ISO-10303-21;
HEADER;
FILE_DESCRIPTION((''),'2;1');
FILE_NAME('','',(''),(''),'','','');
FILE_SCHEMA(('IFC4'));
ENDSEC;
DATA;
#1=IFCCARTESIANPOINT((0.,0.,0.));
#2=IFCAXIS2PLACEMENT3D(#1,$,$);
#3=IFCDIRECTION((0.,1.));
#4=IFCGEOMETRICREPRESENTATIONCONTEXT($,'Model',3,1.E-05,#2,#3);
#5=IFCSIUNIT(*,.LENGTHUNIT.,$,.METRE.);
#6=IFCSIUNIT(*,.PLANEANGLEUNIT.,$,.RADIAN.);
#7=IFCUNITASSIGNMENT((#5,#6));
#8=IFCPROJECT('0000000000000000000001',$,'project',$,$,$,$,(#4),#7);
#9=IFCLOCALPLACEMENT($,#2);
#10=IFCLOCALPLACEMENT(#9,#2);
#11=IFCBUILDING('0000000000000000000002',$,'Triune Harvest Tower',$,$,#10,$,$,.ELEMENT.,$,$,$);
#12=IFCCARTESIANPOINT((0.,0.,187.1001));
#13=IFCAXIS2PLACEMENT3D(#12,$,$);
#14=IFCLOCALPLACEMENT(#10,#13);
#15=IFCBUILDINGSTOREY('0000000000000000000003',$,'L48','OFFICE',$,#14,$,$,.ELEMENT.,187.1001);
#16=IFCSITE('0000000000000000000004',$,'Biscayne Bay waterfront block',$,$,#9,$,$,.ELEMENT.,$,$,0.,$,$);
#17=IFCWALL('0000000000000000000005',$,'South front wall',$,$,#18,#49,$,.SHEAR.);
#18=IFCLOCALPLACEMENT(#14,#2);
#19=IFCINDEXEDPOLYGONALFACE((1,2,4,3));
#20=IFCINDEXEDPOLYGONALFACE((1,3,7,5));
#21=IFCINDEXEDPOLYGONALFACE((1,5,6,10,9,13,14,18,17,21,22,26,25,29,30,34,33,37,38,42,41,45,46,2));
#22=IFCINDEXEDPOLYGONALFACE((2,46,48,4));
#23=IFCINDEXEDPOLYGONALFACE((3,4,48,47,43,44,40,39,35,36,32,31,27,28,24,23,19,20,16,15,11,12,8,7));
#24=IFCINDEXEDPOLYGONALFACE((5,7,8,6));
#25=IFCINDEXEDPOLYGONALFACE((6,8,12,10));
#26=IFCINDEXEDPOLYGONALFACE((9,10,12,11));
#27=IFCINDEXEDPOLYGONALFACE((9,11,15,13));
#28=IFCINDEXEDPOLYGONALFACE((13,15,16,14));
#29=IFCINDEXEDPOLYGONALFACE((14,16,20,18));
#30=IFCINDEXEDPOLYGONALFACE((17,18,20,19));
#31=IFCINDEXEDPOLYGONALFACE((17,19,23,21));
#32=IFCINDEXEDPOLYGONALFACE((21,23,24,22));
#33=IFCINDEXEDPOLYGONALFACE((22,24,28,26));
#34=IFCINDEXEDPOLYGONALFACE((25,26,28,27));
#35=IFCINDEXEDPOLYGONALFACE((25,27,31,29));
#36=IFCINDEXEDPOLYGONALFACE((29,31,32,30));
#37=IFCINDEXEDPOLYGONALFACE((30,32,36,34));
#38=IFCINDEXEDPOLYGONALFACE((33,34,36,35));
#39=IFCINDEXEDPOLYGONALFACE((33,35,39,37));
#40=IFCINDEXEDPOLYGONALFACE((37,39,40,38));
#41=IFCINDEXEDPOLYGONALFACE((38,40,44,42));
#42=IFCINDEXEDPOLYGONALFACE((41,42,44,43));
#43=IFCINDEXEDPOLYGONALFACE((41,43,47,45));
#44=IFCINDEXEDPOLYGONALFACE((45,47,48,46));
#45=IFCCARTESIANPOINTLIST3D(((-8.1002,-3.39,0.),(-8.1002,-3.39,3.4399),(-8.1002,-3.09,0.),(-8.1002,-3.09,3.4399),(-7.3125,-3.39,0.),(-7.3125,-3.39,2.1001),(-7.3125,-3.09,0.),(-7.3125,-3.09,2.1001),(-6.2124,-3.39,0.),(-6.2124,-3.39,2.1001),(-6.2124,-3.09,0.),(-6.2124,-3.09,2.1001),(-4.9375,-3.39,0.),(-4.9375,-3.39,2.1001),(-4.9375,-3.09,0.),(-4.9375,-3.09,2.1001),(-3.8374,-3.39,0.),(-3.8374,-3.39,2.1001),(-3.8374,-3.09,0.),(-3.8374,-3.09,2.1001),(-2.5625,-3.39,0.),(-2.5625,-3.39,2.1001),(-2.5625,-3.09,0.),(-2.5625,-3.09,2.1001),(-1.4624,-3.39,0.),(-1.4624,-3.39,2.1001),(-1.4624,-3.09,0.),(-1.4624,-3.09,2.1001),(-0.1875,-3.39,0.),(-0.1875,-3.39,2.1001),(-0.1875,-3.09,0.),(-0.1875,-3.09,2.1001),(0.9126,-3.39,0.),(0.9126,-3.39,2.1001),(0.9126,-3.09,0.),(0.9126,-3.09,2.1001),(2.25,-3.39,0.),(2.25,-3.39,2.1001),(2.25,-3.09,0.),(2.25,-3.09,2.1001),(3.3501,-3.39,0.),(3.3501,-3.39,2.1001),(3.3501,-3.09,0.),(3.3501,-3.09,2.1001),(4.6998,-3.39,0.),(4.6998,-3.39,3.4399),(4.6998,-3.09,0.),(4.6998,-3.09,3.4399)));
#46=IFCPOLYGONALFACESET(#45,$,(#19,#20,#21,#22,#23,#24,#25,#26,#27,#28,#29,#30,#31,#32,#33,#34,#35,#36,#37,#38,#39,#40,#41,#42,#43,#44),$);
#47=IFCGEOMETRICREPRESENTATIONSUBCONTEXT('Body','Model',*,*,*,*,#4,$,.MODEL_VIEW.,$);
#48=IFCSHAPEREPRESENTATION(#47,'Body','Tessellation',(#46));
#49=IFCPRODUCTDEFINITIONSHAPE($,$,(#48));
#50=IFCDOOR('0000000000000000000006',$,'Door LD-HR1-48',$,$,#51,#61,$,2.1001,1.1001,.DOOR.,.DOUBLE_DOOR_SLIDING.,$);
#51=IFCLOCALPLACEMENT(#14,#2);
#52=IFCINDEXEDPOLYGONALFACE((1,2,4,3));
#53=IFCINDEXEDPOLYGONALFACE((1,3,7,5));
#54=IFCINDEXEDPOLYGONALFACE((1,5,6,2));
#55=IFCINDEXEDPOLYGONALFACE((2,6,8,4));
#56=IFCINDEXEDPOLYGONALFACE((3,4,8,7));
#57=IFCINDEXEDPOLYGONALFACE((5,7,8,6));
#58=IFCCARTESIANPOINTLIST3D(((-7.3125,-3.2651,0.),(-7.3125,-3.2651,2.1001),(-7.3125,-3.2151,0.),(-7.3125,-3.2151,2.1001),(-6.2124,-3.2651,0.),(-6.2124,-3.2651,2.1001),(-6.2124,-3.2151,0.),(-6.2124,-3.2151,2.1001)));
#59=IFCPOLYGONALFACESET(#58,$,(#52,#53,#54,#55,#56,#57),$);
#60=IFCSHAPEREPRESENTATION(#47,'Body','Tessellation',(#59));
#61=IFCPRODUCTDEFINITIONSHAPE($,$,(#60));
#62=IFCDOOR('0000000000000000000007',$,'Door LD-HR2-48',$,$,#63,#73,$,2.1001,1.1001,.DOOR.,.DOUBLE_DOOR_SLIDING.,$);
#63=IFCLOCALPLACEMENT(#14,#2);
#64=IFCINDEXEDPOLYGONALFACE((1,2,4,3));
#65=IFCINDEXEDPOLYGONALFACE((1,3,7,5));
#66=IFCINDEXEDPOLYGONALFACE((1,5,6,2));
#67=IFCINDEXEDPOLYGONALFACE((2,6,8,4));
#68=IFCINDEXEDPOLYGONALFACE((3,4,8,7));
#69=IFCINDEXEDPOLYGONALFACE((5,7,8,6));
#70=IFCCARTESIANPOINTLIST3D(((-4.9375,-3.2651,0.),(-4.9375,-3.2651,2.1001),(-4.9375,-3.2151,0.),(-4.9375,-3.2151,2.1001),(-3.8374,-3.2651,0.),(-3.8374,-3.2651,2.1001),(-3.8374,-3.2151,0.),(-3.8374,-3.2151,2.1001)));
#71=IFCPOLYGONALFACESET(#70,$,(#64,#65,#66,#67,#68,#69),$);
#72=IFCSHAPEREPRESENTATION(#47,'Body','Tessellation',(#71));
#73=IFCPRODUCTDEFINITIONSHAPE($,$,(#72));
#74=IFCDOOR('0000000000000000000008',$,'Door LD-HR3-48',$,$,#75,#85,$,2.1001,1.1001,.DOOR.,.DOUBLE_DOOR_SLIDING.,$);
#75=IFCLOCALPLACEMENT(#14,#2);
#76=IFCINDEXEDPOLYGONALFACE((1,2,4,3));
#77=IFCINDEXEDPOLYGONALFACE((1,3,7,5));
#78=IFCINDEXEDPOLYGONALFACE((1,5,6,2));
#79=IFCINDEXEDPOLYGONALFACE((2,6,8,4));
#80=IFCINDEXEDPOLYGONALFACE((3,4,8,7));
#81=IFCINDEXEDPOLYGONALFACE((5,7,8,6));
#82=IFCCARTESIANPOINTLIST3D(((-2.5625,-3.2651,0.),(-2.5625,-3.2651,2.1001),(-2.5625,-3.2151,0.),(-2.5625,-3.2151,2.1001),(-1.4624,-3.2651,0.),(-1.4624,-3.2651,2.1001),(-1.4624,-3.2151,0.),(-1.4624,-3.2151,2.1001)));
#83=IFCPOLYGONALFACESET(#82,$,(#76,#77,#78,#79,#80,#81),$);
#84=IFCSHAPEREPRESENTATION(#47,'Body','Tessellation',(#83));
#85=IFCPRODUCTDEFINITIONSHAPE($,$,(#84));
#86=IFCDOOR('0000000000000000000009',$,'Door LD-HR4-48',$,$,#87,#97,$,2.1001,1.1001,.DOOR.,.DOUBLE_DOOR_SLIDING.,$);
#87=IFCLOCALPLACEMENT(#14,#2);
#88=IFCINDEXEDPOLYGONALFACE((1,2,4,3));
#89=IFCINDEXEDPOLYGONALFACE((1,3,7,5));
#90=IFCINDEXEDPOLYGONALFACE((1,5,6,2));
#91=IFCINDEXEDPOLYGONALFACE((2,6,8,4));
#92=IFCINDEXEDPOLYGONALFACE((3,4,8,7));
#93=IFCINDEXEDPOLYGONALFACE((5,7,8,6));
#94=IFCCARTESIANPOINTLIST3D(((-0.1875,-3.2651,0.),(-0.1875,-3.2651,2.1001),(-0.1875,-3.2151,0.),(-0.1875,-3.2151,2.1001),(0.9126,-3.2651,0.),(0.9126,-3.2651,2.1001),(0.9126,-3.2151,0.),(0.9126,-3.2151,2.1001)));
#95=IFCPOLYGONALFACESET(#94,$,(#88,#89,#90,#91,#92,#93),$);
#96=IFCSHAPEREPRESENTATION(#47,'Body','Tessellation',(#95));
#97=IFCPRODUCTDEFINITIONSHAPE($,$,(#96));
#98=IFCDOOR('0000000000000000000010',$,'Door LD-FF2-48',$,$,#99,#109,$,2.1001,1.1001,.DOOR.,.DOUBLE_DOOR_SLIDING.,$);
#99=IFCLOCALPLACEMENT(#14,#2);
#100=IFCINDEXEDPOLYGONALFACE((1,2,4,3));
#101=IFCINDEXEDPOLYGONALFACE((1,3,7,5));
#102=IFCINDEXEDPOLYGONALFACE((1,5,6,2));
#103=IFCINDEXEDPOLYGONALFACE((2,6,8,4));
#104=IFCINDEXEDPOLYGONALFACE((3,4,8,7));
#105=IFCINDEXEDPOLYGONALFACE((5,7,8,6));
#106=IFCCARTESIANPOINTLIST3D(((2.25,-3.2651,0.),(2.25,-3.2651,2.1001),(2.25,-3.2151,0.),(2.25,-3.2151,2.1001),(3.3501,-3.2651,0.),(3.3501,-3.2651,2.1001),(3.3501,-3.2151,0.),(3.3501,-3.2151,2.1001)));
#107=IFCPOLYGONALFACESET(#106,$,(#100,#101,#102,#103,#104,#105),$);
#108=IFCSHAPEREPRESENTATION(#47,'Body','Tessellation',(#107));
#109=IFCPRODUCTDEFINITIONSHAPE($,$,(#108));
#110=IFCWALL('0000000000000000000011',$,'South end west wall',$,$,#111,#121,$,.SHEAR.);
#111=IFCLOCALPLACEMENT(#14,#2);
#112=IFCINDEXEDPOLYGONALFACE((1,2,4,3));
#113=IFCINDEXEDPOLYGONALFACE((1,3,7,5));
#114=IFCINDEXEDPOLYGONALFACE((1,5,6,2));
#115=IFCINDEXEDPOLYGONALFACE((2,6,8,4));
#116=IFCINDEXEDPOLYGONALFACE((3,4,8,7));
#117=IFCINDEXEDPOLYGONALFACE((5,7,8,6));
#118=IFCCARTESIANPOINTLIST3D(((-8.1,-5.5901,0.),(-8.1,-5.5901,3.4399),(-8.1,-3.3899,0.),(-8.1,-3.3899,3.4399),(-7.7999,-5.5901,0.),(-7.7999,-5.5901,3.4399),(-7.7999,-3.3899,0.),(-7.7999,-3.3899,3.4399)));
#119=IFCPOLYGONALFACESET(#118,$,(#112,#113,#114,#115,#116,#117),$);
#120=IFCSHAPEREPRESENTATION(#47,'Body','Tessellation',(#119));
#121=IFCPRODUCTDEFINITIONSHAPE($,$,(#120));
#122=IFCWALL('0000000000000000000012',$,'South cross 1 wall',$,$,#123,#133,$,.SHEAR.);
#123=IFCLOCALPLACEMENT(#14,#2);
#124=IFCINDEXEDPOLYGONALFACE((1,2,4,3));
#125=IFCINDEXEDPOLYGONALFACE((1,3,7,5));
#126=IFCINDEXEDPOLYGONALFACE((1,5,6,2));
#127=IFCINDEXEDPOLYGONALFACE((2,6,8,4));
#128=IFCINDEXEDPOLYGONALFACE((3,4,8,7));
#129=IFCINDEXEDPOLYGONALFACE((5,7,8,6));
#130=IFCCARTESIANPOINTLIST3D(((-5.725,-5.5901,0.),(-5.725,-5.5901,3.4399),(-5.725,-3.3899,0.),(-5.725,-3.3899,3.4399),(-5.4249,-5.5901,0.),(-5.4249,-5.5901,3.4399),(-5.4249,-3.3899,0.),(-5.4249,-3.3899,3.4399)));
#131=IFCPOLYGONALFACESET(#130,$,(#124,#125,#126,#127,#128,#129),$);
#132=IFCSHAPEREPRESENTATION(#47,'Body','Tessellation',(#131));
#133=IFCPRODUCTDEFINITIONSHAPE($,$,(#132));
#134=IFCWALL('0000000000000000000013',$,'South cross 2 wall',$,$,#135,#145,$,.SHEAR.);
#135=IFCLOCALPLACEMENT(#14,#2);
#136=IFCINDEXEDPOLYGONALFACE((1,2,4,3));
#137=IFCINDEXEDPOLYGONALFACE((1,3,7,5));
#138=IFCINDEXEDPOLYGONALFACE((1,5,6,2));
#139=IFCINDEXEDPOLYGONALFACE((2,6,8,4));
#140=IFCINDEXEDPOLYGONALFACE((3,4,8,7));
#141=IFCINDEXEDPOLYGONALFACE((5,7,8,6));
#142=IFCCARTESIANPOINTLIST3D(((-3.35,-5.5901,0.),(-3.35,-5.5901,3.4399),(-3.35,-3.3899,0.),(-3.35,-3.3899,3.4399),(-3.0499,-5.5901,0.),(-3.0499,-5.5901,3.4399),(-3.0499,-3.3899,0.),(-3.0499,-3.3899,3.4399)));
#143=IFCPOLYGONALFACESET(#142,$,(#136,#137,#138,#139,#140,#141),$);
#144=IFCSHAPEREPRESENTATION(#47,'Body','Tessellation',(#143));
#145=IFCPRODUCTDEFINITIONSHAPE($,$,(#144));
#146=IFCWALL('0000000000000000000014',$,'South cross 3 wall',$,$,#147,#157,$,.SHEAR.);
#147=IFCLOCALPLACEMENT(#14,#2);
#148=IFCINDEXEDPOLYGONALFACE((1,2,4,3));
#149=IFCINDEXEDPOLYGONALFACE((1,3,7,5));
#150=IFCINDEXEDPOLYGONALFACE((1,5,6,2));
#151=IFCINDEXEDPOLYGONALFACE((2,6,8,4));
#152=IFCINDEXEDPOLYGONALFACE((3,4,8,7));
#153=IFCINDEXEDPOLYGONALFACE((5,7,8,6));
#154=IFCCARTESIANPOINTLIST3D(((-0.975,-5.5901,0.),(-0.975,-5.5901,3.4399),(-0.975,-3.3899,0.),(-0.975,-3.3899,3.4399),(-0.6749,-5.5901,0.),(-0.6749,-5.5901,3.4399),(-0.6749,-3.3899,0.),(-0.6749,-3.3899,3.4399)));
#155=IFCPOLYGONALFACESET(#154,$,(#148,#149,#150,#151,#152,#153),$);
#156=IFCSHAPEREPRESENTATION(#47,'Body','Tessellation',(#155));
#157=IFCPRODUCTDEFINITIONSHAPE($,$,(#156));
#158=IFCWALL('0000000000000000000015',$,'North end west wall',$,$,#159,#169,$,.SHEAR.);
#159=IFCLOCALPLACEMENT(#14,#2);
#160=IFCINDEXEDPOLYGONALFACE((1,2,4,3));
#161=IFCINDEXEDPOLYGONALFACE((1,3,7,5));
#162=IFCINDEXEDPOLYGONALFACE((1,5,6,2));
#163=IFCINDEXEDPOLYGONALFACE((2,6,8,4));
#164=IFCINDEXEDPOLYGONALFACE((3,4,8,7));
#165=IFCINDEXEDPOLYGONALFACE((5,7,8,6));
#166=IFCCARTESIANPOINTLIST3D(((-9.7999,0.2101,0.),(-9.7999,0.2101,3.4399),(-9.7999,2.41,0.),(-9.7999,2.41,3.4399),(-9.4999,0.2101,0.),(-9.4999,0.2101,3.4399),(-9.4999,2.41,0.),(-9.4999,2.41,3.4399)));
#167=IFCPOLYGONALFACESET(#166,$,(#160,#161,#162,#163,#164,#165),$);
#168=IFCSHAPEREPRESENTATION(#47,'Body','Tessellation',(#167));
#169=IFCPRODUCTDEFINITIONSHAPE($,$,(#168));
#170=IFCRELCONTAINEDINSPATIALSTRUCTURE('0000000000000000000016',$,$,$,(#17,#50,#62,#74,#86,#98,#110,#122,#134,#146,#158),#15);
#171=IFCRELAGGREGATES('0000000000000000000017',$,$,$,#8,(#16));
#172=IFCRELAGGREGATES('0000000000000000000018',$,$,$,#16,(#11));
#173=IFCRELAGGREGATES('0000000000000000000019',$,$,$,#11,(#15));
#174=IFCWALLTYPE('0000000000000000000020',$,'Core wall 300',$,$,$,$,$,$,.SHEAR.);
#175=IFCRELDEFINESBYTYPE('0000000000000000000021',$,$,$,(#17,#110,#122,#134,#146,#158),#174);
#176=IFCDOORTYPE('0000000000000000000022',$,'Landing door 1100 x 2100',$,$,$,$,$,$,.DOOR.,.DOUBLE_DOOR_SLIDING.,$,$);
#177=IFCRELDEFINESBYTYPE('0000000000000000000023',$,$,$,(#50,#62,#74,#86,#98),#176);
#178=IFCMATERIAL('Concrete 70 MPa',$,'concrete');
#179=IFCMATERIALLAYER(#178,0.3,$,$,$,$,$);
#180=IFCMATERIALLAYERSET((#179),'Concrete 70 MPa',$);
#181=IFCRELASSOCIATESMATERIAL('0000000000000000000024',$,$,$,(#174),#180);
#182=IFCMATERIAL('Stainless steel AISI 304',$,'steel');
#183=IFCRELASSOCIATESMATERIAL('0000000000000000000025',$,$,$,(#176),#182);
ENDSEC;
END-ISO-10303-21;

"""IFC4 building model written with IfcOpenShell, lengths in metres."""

from ifc_helpers import new_model, si_unit, direction, frame, frame_2d, origin, place, context, subcontext, project, spatial, rectangle, extrude, source, transform, mapped, material, layer, layer_set, type_object, element, fill, save


model = new_model("IFC4")

# Units and contexts
model_context = context("Model", 3, precision=1e-05, world=origin(), true_north=direction((0.0, 1.0)))
body_context = subcontext(model_context, "Body", "Model", "MODEL_VIEW")
ifc_project = project(units=[si_unit("LENGTHUNIT", "METRE"), si_unit("PLANEANGLEUNIT", "RADIAN")], contexts=[model_context])

# Site, building, storey
site_placement = place(None, origin())
site = spatial("IfcSite", under=ifc_project, at=site_placement, Name="Biscayne Bay waterfront block", CompositionType="ELEMENT", RefElevation=0.0)
building_placement = place(site_placement, origin())
building = spatial("IfcBuilding", under=site, at=building_placement, Name="Triune Harvest Tower", CompositionType="ELEMENT")
storey_placement = place(building_placement, frame((0.0, 0.0, 187.1001)))
storey = spatial("IfcBuildingStorey", under=building, at=storey_placement, Name="L48", Description="OFFICE", CompositionType="ELEMENT", Elevation=187.1001)

# Wall, openings, doors
ifc_material_1 = material(Name="Concrete 70 MPa", Category="concrete")
ifc_layer_1 = layer(ifc_material_1, 0.3)
ifc_layer_set_1 = layer_set([ifc_layer_1], Name="Concrete 70 MPa")
wall_type_1 = type_object("IfcWallType", Name="Core wall 300", PredefinedType="SHEAR", material=ifc_layer_set_1)
shared_shape_1 = source(origin(), body_context, "Body", "SweptSolid", [
    extrude(rectangle(XDim=12.8, YDim=0.3, at=frame_2d((6.3999, 0.0))), origin(), (0.0, 0.0, 1.0), 3.4399),
])
wall_1_placement = place(storey_placement, frame((-8.1001, -3.24, 0.0), z_axis=(0.0, 0.0, 1.0), x_axis=(1.0, 0.0, 0.0)))
wall_1 = element("IfcWall", 1, at=wall_1_placement, inside=storey, type_object=wall_type_1, Name="South front wall", PredefinedType="SHEAR", context=body_context, shape_type="MappedRepresentation", body=[
    mapped(shared_shape_1, transform((0.0, 0.0, 0.0), scale=1.0)),
])
opening_1_placement = place(wall_1_placement, frame((0.7876, 0.0, 0.0)))
opening_1 = element("IfcOpeningElement", 2, at=opening_1_placement, cuts=wall_1, PredefinedType="OPENING", context=body_context, shape_type="SweptSolid", body=[
    extrude(rectangle(XDim=1.1001, YDim=2.1001, at=frame_2d((0.55, 1.05))), frame((0.0, 0.1602, 0.0), z_axis=(0.0, -1.0, 0.0), x_axis=(1.0, 0.0, 0.0)), (0.0, 0.0, 1.0), 0.3201),
])
opening_2_placement = place(wall_1_placement, frame((3.1626, 0.0, 0.0)))
opening_2 = element("IfcOpeningElement", 3, at=opening_2_placement, cuts=wall_1, PredefinedType="OPENING", context=body_context, shape_type="SweptSolid", body=[
    extrude(rectangle(XDim=1.1001, YDim=2.1001, at=frame_2d((0.55, 1.05))), frame((0.0, 0.1602, 0.0), z_axis=(0.0, -1.0, 0.0), x_axis=(1.0, 0.0, 0.0)), (0.0, 0.0, 1.0), 0.3201),
])
opening_3_placement = place(wall_1_placement, frame((5.5376, 0.0, 0.0)))
opening_3 = element("IfcOpeningElement", 4, at=opening_3_placement, cuts=wall_1, PredefinedType="OPENING", context=body_context, shape_type="SweptSolid", body=[
    extrude(rectangle(XDim=1.1001, YDim=2.1001, at=frame_2d((0.55, 1.05))), frame((0.0, 0.1602, 0.0), z_axis=(0.0, -1.0, 0.0), x_axis=(1.0, 0.0, 0.0)), (0.0, 0.0, 1.0), 0.3201),
])
opening_4_placement = place(wall_1_placement, frame((7.9126, 0.0, 0.0)))
opening_4 = element("IfcOpeningElement", 5, at=opening_4_placement, cuts=wall_1, PredefinedType="OPENING", context=body_context, shape_type="SweptSolid", body=[
    extrude(rectangle(XDim=1.1001, YDim=2.1001, at=frame_2d((0.55, 1.05))), frame((0.0, 0.1602, 0.0), z_axis=(0.0, -1.0, 0.0), x_axis=(1.0, 0.0, 0.0)), (0.0, 0.0, 1.0), 0.3201),
])
opening_5_placement = place(wall_1_placement, frame((10.3501, 0.0, 0.0)))
opening_5 = element("IfcOpeningElement", 6, at=opening_5_placement, cuts=wall_1, PredefinedType="OPENING", context=body_context, shape_type="SweptSolid", body=[
    extrude(rectangle(XDim=1.1001, YDim=2.1001, at=frame_2d((0.55, 1.05))), frame((0.0, 0.1602, 0.0), z_axis=(0.0, -1.0, 0.0), x_axis=(1.0, 0.0, 0.0)), (0.0, 0.0, 1.0), 0.3201),
])
ifc_material_2 = material(Name="Stainless steel AISI 304", Category="steel")
door_type_1 = type_object("IfcDoorType", Name="Landing door 1100 x 2100", OperationType="DOUBLE_DOOR_SLIDING", PredefinedType="DOOR", material=ifc_material_2)
door_1_placement = place(opening_1_placement, origin())
door_1 = element("IfcDoor", 7, at=door_1_placement, inside=storey, type_object=door_type_1, Name="Door LD-HR1-48", OperationType="DOUBLE_DOOR_SLIDING", OverallHeight=2.1001, OverallWidth=1.1001, PredefinedType="DOOR", context=body_context, shape_type="SweptSolid", body=[
    extrude(rectangle(XDim=1.1001, YDim=2.1001, at=frame_2d((0.55, 1.05))), frame((0.0, 0.0249, 0.0), z_axis=(0.0, -1.0, 0.0), x_axis=(1.0, 0.0, 0.0)), (0.0, 0.0, 1.0), 0.05),
])
fill(opening_1, door_1)
door_2_placement = place(opening_2_placement, origin())
door_2 = element("IfcDoor", 8, at=door_2_placement, inside=storey, type_object=door_type_1, Name="Door LD-HR2-48", OperationType="DOUBLE_DOOR_SLIDING", OverallHeight=2.1001, OverallWidth=1.1001, PredefinedType="DOOR", context=body_context, shape_type="SweptSolid", body=[
    extrude(rectangle(XDim=1.1001, YDim=2.1001, at=frame_2d((0.55, 1.05))), frame((0.0, 0.0249, 0.0), z_axis=(0.0, -1.0, 0.0), x_axis=(1.0, 0.0, 0.0)), (0.0, 0.0, 1.0), 0.05),
])
fill(opening_2, door_2)
door_3_placement = place(opening_3_placement, origin())
door_3 = element("IfcDoor", 9, at=door_3_placement, inside=storey, type_object=door_type_1, Name="Door LD-HR3-48", OperationType="DOUBLE_DOOR_SLIDING", OverallHeight=2.1001, OverallWidth=1.1001, PredefinedType="DOOR", context=body_context, shape_type="SweptSolid", body=[
    extrude(rectangle(XDim=1.1001, YDim=2.1001, at=frame_2d((0.55, 1.05))), frame((0.0, 0.0249, 0.0), z_axis=(0.0, -1.0, 0.0), x_axis=(1.0, 0.0, 0.0)), (0.0, 0.0, 1.0), 0.05),
])
fill(opening_3, door_3)
door_4_placement = place(opening_4_placement, origin())
door_4 = element("IfcDoor", 10, at=door_4_placement, inside=storey, type_object=door_type_1, Name="Door LD-HR4-48", OperationType="DOUBLE_DOOR_SLIDING", OverallHeight=2.1001, OverallWidth=1.1001, PredefinedType="DOOR", context=body_context, shape_type="SweptSolid", body=[
    extrude(rectangle(XDim=1.1001, YDim=2.1001, at=frame_2d((0.55, 1.05))), frame((0.0, 0.0249, 0.0), z_axis=(0.0, -1.0, 0.0), x_axis=(1.0, 0.0, 0.0)), (0.0, 0.0, 1.0), 0.05),
])
fill(opening_4, door_4)
door_5_placement = place(opening_5_placement, origin())
door_5 = element("IfcDoor", 11, at=door_5_placement, inside=storey, type_object=door_type_1, Name="Door LD-FF2-48", OperationType="DOUBLE_DOOR_SLIDING", OverallHeight=2.1001, OverallWidth=1.1001, PredefinedType="DOOR", context=body_context, shape_type="SweptSolid", body=[
    extrude(rectangle(XDim=1.1001, YDim=2.1001, at=frame_2d((0.55, 1.05))), frame((0.0, 0.0249, 0.0), z_axis=(0.0, -1.0, 0.0), x_axis=(1.0, 0.0, 0.0)), (0.0, 0.0, 1.0), 0.05),
])
fill(opening_5, door_5)

# Walls
shared_shape_2 = source(origin(), body_context, "Body", "SweptSolid", [
    extrude(rectangle(XDim=2.2002, YDim=0.3, at=frame_2d((1.1001, 0.0))), origin(), (0.0, 0.0, 1.0), 3.4399),
])
for number, where, z_axis, x_axis, name in (
    (12, (-7.95, -5.5901, 0.0), (0.0, 0.0, 1.0), (0.0, 1.0, 0.0), "South end west wall"),
    (13, (-5.575, -5.5901, 0.0), (0.0, 0.0, 1.0), (0.0, 1.0, 0.0), "South cross 1 wall"),
    (14, (-3.2, -5.5901, 0.0), (0.0, 0.0, 1.0), (0.0, 1.0, 0.0), "South cross 2 wall"),
    (15, (-0.825, -5.5901, 0.0), (0.0, 0.0, 1.0), (0.0, 1.0, 0.0), "South cross 3 wall"),
):
    element("IfcWall", number, at=place(storey_placement, frame(where, z_axis=z_axis, x_axis=x_axis)), inside=storey, type_object=wall_type_1, Name=name, PredefinedType="SHEAR", context=body_context, shape_type="MappedRepresentation", body=[
        mapped(shared_shape_2, transform((0.0, 0.0, 0.0), scale=1.0)),
    ])
shared_shape_3 = source(origin(), body_context, "Body", "SweptSolid", [
    extrude(rectangle(XDim=2.2, YDim=0.3, at=frame_2d((1.1001, 0.0))), origin(), (0.0, 0.0, 1.0), 3.4399),
])
wall_2_placement = place(storey_placement, frame((-9.6499, 0.21, 0.0), z_axis=(0.0, 0.0, 1.0), x_axis=(0.0, 1.0, 0.0)))
element("IfcWall", 16, at=wall_2_placement, inside=storey, type_object=wall_type_1, Name="North end west wall", PredefinedType="SHEAR", context=body_context, shape_type="MappedRepresentation", body=[
    mapped(shared_shape_3, transform((0.0, 0.0, 0.0), scale=1.0)),
])

save(model, "model.ifc")
